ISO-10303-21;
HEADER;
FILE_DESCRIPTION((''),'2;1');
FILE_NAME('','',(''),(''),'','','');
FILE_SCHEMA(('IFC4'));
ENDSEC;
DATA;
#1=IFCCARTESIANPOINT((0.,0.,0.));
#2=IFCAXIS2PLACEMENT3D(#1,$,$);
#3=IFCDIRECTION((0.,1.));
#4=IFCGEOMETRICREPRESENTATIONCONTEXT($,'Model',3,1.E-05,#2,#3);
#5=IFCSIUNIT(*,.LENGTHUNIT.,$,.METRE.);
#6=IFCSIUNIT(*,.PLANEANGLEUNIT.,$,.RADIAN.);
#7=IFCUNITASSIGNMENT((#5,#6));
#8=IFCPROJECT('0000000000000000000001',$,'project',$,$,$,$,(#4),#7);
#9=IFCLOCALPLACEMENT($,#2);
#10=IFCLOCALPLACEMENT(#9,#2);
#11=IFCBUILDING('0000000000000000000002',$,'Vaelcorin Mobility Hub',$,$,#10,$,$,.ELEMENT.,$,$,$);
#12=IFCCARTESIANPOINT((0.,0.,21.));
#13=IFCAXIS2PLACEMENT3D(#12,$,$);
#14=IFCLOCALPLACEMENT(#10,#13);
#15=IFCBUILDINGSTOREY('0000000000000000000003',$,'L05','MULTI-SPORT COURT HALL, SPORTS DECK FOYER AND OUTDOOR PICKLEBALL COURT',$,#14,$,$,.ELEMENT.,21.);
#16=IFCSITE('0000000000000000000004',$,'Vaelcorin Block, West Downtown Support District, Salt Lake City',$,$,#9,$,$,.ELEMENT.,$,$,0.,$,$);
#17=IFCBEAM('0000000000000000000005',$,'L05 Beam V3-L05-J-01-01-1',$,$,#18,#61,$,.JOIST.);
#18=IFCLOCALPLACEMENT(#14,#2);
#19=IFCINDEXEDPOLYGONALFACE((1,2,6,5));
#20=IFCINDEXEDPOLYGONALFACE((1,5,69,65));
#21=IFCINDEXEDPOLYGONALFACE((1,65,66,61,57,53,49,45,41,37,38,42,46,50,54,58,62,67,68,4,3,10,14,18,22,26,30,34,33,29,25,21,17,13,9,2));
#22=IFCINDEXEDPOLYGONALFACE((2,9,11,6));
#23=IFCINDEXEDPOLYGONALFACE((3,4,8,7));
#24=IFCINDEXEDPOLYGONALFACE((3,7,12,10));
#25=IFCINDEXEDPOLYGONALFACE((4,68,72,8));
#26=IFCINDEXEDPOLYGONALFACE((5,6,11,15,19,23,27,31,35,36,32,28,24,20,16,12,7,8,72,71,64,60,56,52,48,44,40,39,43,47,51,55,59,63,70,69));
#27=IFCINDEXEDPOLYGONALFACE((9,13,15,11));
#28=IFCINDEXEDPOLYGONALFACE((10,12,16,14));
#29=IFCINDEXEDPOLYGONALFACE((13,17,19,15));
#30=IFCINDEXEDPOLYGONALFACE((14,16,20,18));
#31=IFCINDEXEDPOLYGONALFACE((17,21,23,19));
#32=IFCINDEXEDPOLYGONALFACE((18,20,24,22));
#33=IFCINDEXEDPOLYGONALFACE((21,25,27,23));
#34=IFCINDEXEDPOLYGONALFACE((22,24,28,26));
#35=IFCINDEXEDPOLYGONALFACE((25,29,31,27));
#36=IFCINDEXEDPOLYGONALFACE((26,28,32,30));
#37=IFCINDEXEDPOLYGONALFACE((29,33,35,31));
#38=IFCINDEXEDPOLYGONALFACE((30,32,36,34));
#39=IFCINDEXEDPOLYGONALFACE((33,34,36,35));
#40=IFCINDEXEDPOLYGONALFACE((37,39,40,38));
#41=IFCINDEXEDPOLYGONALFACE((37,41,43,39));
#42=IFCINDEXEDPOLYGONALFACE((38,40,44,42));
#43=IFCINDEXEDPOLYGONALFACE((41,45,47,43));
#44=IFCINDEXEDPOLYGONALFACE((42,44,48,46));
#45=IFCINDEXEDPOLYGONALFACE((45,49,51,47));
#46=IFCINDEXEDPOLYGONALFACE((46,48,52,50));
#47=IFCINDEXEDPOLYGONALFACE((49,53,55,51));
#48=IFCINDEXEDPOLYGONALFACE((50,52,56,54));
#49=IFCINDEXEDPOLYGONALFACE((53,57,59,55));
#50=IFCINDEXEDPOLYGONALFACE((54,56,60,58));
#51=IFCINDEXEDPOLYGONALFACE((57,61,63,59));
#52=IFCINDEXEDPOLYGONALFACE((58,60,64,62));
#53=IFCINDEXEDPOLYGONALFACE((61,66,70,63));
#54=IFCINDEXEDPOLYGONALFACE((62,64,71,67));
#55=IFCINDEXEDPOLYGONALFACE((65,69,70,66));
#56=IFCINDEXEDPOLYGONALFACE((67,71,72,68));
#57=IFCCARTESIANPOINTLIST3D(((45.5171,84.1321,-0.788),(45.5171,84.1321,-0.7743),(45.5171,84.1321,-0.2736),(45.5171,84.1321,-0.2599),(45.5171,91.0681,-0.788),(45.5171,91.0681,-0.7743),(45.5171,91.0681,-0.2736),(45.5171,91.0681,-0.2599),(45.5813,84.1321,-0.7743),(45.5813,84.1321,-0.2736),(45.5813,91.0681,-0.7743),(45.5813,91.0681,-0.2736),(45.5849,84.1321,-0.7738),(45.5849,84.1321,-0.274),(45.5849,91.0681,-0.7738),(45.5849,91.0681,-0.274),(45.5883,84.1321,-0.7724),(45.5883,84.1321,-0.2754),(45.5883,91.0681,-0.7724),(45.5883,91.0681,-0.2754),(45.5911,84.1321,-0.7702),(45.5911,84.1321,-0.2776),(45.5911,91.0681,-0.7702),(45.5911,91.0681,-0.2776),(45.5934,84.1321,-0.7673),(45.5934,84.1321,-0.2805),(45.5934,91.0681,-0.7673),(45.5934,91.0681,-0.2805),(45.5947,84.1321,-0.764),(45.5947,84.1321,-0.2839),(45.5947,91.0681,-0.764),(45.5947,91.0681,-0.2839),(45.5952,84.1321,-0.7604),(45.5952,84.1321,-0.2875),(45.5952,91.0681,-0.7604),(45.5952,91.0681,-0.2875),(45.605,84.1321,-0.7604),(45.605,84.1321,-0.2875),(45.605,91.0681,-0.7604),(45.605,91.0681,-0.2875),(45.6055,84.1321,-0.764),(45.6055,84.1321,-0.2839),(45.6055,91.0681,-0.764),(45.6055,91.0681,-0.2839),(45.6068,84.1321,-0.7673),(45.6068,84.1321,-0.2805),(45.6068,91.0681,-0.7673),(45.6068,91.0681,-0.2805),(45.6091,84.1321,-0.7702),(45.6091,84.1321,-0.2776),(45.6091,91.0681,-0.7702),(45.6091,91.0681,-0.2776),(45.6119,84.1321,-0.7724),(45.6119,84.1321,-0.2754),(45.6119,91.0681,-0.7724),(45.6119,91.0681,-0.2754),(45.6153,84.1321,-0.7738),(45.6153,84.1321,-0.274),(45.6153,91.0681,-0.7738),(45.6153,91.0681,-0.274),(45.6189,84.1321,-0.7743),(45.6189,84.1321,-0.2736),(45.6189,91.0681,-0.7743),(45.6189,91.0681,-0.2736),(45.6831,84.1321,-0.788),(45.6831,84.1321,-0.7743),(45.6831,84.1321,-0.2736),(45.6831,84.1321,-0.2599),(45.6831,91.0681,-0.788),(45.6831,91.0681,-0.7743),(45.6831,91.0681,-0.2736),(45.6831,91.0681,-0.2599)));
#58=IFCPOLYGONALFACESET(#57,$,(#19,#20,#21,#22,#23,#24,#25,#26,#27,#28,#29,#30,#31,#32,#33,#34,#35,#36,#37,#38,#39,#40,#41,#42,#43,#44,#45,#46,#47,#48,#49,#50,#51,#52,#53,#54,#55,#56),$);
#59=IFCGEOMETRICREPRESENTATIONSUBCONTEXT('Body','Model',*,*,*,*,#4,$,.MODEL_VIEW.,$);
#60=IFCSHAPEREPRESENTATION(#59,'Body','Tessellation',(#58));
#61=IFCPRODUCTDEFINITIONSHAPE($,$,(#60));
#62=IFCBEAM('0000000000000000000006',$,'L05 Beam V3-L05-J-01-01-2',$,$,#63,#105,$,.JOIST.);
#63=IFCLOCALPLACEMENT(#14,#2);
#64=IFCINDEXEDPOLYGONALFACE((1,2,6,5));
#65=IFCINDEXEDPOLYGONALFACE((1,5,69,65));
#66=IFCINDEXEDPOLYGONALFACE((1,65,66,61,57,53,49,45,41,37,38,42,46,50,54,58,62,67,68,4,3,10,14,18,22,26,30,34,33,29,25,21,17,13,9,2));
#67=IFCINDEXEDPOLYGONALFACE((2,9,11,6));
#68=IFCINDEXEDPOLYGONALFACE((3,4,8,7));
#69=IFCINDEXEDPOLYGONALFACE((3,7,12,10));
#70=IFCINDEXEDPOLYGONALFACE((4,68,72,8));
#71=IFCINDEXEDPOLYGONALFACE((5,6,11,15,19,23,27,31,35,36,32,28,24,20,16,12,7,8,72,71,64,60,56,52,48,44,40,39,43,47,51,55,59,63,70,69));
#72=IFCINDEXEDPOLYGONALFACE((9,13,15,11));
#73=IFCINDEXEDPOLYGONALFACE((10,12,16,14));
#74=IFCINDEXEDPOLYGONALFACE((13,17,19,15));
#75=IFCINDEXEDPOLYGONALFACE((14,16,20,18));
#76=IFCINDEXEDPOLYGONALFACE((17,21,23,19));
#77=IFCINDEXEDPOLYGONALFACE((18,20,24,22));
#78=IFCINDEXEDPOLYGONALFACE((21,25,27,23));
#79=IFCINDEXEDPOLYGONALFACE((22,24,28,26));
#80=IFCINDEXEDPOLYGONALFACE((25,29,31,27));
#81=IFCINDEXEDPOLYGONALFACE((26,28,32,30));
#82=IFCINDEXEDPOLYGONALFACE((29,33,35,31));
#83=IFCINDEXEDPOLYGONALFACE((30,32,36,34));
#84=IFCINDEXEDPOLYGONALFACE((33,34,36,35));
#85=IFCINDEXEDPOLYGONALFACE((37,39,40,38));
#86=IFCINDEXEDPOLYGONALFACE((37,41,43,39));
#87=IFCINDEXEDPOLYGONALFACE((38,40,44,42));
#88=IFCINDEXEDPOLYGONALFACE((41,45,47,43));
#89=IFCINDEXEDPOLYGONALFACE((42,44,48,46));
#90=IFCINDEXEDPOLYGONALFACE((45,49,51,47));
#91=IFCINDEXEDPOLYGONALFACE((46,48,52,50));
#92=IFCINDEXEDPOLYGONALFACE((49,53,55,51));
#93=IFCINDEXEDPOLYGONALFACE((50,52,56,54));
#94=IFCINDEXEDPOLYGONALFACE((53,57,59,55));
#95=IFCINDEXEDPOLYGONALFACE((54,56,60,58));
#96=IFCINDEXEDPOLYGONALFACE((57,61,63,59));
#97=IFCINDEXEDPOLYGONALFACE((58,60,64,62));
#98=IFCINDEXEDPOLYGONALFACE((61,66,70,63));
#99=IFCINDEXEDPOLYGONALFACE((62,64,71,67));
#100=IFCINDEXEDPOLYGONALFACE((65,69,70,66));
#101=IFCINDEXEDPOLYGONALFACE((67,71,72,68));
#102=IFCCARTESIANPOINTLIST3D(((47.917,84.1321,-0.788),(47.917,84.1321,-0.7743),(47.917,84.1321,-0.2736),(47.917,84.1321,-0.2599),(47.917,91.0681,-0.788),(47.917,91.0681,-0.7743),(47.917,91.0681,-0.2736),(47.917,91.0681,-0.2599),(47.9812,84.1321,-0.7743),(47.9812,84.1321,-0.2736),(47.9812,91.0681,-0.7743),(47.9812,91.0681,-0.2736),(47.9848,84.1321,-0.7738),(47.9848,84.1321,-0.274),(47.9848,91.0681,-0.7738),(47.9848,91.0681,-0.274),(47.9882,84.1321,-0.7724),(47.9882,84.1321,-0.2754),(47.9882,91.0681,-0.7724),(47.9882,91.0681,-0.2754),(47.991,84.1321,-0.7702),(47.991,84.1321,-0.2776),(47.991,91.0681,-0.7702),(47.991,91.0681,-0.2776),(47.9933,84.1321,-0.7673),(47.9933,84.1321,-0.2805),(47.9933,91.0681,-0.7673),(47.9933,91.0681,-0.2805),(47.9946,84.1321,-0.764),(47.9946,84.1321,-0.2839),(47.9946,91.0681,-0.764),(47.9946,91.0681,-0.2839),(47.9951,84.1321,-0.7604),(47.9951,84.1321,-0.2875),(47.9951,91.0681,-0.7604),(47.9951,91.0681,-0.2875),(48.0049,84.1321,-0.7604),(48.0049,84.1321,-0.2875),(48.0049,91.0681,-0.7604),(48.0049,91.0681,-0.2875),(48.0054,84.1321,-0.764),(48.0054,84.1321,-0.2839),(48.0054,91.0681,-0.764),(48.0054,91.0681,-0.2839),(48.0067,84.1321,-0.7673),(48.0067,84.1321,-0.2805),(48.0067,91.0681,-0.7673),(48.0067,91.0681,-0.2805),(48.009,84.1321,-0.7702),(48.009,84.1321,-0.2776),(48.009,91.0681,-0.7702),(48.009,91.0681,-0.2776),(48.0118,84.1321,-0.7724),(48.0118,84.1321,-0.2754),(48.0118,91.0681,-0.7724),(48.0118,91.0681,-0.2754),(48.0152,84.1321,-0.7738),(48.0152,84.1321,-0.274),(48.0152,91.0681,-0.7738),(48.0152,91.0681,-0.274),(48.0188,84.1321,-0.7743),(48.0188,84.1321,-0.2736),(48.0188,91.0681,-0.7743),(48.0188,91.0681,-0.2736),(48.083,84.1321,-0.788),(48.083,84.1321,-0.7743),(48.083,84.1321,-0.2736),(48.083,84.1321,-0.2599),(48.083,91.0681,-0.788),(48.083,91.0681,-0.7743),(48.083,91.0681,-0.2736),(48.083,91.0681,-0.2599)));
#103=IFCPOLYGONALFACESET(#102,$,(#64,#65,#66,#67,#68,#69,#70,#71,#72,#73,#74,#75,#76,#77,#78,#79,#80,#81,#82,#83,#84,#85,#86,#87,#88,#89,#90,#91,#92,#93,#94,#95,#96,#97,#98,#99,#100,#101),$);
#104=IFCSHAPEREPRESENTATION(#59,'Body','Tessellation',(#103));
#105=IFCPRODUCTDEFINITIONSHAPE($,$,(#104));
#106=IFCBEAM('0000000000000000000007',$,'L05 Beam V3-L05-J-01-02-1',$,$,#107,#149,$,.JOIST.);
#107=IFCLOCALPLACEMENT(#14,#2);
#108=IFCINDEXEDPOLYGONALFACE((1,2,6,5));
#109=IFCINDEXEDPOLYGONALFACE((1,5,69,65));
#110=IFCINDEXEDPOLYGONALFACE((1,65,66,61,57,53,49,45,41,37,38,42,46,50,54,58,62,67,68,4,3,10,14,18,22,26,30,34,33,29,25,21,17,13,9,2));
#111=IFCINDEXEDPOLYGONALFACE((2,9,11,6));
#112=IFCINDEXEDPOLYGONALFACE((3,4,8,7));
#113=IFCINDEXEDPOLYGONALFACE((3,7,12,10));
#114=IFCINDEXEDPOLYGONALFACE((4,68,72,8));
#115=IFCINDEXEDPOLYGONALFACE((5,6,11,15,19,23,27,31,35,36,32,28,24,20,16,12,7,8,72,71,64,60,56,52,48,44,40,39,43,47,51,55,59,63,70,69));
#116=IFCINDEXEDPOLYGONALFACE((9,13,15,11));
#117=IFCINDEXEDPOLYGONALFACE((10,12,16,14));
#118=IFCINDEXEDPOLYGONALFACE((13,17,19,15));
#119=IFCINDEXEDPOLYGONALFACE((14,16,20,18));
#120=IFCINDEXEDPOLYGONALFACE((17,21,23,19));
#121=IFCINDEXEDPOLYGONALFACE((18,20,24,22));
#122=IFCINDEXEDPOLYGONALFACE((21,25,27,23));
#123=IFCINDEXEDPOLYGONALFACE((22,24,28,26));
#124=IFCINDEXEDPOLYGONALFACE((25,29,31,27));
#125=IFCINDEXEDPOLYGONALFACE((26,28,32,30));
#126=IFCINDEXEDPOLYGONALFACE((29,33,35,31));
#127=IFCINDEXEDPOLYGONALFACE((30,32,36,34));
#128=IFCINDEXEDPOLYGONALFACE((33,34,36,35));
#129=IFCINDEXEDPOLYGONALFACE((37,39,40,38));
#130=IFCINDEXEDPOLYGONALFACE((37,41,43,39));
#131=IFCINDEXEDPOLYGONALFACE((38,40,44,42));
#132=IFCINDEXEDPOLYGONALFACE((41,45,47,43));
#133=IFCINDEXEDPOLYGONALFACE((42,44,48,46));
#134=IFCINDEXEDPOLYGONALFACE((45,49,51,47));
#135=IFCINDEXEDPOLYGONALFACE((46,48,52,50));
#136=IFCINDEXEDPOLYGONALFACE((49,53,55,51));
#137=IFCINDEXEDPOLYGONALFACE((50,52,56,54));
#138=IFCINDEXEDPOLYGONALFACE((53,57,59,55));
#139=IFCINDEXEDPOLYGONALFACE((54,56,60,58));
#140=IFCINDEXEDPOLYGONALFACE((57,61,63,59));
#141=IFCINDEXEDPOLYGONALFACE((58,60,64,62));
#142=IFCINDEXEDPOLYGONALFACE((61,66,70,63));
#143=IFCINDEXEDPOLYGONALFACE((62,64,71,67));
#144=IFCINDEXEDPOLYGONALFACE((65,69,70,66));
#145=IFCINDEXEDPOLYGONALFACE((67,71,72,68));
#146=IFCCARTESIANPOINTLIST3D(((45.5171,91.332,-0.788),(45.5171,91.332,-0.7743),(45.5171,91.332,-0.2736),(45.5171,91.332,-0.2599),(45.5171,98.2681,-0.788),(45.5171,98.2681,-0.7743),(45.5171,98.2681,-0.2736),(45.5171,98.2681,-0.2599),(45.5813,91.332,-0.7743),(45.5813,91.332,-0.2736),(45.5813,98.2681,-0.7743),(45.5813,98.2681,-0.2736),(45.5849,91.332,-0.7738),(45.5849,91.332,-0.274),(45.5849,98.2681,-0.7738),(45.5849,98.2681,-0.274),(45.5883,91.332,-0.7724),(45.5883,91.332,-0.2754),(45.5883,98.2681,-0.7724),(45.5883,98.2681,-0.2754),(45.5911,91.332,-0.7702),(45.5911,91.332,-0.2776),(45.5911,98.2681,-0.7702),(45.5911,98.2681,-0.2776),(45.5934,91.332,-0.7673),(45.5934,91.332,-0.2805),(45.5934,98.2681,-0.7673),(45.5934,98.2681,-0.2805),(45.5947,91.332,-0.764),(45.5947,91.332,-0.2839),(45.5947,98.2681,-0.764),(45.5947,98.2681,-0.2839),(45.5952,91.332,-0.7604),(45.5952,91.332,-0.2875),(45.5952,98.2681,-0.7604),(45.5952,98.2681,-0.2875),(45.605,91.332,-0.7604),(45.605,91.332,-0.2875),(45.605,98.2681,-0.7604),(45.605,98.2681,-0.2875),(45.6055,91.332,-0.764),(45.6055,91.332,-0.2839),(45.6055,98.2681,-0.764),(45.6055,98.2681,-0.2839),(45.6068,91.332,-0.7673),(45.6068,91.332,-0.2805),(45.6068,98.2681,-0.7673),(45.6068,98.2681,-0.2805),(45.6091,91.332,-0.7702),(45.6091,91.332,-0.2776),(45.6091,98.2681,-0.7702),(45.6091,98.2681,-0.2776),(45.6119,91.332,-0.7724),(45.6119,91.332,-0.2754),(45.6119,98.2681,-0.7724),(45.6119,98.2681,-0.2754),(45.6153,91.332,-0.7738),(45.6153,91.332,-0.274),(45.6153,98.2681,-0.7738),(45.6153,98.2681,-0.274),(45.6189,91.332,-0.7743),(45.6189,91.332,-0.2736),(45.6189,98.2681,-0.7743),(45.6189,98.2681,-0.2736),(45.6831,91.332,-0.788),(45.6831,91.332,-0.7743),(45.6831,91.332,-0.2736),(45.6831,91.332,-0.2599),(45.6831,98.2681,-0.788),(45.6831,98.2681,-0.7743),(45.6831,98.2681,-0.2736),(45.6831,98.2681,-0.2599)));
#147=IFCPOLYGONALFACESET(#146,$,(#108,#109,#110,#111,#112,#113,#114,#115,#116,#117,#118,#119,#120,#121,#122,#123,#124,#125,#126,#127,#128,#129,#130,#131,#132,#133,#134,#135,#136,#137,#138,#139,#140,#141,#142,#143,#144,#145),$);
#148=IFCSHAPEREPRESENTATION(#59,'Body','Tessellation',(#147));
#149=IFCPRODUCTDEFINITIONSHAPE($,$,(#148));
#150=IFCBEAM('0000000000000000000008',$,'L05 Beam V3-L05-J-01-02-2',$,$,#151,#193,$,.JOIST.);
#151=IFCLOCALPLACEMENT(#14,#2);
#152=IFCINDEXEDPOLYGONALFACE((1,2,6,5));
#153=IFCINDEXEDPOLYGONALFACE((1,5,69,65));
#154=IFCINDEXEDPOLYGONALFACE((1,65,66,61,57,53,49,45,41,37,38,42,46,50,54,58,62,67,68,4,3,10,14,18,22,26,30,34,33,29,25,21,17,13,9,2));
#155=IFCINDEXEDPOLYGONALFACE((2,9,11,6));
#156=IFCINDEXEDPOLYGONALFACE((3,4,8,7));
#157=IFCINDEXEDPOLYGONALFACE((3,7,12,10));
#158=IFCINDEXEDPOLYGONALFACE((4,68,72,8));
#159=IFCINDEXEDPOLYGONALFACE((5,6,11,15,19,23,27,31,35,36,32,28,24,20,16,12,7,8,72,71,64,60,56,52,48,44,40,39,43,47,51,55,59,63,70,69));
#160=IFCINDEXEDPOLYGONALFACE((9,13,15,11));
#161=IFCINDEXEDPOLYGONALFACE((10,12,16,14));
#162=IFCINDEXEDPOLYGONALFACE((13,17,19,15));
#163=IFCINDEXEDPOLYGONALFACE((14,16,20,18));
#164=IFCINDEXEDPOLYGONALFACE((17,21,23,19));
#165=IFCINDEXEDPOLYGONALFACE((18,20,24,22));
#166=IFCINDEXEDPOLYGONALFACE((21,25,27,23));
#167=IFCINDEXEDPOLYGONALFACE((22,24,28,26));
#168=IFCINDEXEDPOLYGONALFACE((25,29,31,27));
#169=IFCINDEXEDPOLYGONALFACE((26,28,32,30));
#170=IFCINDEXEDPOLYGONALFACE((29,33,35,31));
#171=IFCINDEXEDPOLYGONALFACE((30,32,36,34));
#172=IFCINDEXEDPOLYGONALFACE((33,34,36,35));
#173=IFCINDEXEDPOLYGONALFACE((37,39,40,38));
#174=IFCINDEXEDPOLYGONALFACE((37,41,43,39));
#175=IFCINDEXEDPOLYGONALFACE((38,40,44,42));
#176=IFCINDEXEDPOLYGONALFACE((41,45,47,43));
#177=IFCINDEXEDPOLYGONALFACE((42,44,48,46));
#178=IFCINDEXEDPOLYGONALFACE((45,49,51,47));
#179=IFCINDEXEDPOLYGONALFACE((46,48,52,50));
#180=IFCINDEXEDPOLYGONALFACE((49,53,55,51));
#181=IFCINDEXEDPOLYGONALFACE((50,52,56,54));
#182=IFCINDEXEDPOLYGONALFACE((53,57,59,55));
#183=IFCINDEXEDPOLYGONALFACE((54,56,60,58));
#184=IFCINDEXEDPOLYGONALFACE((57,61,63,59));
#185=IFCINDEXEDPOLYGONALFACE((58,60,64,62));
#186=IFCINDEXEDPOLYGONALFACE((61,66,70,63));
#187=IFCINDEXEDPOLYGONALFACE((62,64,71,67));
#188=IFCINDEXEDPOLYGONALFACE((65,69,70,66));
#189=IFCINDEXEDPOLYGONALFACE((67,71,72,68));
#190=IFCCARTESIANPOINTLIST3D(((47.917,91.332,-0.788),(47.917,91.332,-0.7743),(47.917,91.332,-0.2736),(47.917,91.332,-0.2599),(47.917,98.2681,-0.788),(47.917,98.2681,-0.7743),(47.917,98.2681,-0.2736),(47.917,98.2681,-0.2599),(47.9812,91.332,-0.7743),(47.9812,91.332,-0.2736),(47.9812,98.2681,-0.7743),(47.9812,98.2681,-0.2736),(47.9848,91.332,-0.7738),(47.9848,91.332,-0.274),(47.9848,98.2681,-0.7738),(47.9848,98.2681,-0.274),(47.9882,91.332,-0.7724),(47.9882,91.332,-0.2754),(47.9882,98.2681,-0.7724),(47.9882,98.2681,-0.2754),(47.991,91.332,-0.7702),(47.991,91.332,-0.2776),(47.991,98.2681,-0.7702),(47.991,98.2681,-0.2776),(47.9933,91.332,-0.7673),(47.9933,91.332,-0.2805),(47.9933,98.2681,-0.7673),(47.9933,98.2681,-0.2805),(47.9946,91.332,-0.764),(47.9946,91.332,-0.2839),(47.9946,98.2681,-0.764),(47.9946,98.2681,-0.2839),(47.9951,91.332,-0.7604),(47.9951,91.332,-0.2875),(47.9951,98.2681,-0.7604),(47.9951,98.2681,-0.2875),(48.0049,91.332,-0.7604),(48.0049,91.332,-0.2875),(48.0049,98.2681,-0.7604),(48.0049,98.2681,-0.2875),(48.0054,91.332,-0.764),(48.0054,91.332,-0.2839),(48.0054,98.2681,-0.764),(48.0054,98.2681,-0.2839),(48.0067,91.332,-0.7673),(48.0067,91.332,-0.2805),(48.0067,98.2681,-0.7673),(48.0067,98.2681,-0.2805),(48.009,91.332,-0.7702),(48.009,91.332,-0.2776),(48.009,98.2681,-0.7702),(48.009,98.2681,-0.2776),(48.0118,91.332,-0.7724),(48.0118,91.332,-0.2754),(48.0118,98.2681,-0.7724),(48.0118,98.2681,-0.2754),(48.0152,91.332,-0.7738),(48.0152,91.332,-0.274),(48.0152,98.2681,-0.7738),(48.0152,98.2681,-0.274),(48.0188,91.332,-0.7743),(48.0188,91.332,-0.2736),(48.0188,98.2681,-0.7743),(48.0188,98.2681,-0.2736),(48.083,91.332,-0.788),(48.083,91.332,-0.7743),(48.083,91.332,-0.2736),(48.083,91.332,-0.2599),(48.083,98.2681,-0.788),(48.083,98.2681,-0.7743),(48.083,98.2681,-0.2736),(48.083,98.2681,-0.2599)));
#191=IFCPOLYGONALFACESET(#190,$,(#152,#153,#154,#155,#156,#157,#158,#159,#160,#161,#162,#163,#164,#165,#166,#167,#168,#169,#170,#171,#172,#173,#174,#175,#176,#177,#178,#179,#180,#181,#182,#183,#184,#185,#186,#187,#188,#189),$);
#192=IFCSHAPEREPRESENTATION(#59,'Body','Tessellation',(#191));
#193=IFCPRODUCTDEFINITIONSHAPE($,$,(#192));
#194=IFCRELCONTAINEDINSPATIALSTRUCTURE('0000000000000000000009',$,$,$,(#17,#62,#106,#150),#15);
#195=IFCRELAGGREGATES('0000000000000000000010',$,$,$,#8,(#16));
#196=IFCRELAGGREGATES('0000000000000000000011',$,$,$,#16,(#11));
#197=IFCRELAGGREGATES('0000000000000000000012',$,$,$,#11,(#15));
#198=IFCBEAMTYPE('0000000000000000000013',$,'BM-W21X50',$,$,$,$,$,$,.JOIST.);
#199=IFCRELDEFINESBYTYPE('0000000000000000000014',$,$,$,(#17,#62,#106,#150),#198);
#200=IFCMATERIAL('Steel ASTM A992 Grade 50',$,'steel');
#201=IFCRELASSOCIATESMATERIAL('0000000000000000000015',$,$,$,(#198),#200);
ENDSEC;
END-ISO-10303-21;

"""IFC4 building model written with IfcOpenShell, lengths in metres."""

from ifc_helpers import new_model, si_unit, direction, frame, origin, origin_2d, place, context, subcontext, project, spatial, i_section, extrude, material, material_profile, profile_set, type_object, element, save


model = new_model("IFC4")

# Units and contexts
model_context = context("Model", 3, precision=1e-05, world=origin(), true_north=direction((0.0, 1.0)))
body_context = subcontext(model_context, "Body", "Model", "MODEL_VIEW")
ifc_project = project(units=[si_unit("LENGTHUNIT", "METRE"), si_unit("PLANEANGLEUNIT", "RADIAN")], contexts=[model_context])

# Site, building, storey
site_placement = place(None, origin())
site = spatial("IfcSite", under=ifc_project, at=site_placement, Name="Vaelcorin Block, West Downtown Support District, Salt Lake City", CompositionType="ELEMENT", RefElevation=0.0)
building_placement = place(site_placement, origin())
building = spatial("IfcBuilding", under=site, at=building_placement, Name="Vaelcorin Mobility Hub", CompositionType="ELEMENT")
storey_placement = place(building_placement, frame((0.0, 0.0, 21.0)))
storey = spatial("IfcBuildingStorey", under=building, at=storey_placement, Name="L05", Description="MULTI-SPORT COURT HALL, SPORTS DECK FOYER AND OUTDOOR PICKLEBALL COURT", CompositionType="ELEMENT", Elevation=21.0)

# Beams
ifc_material_1 = material(Name="Steel ASTM A992 Grade 50", Category="steel")
ifc_material_profile_1 = material_profile(ifc_material_1, i_section(OverallWidth=0.166, OverallDepth=0.5281, WebThickness=0.0098, FlangeThickness=0.0137, FilletRadius=0.0139, at=origin_2d()), Name="W21X50")
ifc_profile_set_1 = profile_set([ifc_material_profile_1], Name="Steel ASTM A992 Grade 50")
beam_type_1 = type_object("IfcBeamType", Name="BM-W21X50", PredefinedType="JOIST", material=ifc_profile_set_1)
for number, where, z_axis, x_axis, name in (
    (1, (45.6001, 84.1321, -0.5239), (0.0, 1.0, 0.0), (-1.0, 0.0, 0.0), "L05 Beam V3-L05-J-01-01-1"),
    (2, (48.0, 84.1321, -0.5239), (0.0, 1.0, 0.0), (-1.0, 0.0, 0.0), "L05 Beam V3-L05-J-01-01-2"),
    (3, (45.6001, 91.332, -0.5239), (0.0, 1.0, 0.0), (-1.0, 0.0, 0.0), "L05 Beam V3-L05-J-01-02-1"),
    (4, (48.0, 91.332, -0.5239), (0.0, 1.0, 0.0), (-1.0, 0.0, 0.0), "L05 Beam V3-L05-J-01-02-2"),
):
    element("IfcBeam", number, at=place(storey_placement, frame(where, z_axis=z_axis, x_axis=x_axis)), inside=storey, type_object=beam_type_1, Name=name, PredefinedType="JOIST", context=body_context, shape_type="SweptSolid", body=[
        extrude(i_section(OverallWidth=0.166, OverallDepth=0.5281, WebThickness=0.0098, FlangeThickness=0.0137, FilletRadius=0.0139, at=origin_2d()), origin(), (0.0, 0.0, 1.0), 6.936),
    ])

save(model, "model.ifc")
